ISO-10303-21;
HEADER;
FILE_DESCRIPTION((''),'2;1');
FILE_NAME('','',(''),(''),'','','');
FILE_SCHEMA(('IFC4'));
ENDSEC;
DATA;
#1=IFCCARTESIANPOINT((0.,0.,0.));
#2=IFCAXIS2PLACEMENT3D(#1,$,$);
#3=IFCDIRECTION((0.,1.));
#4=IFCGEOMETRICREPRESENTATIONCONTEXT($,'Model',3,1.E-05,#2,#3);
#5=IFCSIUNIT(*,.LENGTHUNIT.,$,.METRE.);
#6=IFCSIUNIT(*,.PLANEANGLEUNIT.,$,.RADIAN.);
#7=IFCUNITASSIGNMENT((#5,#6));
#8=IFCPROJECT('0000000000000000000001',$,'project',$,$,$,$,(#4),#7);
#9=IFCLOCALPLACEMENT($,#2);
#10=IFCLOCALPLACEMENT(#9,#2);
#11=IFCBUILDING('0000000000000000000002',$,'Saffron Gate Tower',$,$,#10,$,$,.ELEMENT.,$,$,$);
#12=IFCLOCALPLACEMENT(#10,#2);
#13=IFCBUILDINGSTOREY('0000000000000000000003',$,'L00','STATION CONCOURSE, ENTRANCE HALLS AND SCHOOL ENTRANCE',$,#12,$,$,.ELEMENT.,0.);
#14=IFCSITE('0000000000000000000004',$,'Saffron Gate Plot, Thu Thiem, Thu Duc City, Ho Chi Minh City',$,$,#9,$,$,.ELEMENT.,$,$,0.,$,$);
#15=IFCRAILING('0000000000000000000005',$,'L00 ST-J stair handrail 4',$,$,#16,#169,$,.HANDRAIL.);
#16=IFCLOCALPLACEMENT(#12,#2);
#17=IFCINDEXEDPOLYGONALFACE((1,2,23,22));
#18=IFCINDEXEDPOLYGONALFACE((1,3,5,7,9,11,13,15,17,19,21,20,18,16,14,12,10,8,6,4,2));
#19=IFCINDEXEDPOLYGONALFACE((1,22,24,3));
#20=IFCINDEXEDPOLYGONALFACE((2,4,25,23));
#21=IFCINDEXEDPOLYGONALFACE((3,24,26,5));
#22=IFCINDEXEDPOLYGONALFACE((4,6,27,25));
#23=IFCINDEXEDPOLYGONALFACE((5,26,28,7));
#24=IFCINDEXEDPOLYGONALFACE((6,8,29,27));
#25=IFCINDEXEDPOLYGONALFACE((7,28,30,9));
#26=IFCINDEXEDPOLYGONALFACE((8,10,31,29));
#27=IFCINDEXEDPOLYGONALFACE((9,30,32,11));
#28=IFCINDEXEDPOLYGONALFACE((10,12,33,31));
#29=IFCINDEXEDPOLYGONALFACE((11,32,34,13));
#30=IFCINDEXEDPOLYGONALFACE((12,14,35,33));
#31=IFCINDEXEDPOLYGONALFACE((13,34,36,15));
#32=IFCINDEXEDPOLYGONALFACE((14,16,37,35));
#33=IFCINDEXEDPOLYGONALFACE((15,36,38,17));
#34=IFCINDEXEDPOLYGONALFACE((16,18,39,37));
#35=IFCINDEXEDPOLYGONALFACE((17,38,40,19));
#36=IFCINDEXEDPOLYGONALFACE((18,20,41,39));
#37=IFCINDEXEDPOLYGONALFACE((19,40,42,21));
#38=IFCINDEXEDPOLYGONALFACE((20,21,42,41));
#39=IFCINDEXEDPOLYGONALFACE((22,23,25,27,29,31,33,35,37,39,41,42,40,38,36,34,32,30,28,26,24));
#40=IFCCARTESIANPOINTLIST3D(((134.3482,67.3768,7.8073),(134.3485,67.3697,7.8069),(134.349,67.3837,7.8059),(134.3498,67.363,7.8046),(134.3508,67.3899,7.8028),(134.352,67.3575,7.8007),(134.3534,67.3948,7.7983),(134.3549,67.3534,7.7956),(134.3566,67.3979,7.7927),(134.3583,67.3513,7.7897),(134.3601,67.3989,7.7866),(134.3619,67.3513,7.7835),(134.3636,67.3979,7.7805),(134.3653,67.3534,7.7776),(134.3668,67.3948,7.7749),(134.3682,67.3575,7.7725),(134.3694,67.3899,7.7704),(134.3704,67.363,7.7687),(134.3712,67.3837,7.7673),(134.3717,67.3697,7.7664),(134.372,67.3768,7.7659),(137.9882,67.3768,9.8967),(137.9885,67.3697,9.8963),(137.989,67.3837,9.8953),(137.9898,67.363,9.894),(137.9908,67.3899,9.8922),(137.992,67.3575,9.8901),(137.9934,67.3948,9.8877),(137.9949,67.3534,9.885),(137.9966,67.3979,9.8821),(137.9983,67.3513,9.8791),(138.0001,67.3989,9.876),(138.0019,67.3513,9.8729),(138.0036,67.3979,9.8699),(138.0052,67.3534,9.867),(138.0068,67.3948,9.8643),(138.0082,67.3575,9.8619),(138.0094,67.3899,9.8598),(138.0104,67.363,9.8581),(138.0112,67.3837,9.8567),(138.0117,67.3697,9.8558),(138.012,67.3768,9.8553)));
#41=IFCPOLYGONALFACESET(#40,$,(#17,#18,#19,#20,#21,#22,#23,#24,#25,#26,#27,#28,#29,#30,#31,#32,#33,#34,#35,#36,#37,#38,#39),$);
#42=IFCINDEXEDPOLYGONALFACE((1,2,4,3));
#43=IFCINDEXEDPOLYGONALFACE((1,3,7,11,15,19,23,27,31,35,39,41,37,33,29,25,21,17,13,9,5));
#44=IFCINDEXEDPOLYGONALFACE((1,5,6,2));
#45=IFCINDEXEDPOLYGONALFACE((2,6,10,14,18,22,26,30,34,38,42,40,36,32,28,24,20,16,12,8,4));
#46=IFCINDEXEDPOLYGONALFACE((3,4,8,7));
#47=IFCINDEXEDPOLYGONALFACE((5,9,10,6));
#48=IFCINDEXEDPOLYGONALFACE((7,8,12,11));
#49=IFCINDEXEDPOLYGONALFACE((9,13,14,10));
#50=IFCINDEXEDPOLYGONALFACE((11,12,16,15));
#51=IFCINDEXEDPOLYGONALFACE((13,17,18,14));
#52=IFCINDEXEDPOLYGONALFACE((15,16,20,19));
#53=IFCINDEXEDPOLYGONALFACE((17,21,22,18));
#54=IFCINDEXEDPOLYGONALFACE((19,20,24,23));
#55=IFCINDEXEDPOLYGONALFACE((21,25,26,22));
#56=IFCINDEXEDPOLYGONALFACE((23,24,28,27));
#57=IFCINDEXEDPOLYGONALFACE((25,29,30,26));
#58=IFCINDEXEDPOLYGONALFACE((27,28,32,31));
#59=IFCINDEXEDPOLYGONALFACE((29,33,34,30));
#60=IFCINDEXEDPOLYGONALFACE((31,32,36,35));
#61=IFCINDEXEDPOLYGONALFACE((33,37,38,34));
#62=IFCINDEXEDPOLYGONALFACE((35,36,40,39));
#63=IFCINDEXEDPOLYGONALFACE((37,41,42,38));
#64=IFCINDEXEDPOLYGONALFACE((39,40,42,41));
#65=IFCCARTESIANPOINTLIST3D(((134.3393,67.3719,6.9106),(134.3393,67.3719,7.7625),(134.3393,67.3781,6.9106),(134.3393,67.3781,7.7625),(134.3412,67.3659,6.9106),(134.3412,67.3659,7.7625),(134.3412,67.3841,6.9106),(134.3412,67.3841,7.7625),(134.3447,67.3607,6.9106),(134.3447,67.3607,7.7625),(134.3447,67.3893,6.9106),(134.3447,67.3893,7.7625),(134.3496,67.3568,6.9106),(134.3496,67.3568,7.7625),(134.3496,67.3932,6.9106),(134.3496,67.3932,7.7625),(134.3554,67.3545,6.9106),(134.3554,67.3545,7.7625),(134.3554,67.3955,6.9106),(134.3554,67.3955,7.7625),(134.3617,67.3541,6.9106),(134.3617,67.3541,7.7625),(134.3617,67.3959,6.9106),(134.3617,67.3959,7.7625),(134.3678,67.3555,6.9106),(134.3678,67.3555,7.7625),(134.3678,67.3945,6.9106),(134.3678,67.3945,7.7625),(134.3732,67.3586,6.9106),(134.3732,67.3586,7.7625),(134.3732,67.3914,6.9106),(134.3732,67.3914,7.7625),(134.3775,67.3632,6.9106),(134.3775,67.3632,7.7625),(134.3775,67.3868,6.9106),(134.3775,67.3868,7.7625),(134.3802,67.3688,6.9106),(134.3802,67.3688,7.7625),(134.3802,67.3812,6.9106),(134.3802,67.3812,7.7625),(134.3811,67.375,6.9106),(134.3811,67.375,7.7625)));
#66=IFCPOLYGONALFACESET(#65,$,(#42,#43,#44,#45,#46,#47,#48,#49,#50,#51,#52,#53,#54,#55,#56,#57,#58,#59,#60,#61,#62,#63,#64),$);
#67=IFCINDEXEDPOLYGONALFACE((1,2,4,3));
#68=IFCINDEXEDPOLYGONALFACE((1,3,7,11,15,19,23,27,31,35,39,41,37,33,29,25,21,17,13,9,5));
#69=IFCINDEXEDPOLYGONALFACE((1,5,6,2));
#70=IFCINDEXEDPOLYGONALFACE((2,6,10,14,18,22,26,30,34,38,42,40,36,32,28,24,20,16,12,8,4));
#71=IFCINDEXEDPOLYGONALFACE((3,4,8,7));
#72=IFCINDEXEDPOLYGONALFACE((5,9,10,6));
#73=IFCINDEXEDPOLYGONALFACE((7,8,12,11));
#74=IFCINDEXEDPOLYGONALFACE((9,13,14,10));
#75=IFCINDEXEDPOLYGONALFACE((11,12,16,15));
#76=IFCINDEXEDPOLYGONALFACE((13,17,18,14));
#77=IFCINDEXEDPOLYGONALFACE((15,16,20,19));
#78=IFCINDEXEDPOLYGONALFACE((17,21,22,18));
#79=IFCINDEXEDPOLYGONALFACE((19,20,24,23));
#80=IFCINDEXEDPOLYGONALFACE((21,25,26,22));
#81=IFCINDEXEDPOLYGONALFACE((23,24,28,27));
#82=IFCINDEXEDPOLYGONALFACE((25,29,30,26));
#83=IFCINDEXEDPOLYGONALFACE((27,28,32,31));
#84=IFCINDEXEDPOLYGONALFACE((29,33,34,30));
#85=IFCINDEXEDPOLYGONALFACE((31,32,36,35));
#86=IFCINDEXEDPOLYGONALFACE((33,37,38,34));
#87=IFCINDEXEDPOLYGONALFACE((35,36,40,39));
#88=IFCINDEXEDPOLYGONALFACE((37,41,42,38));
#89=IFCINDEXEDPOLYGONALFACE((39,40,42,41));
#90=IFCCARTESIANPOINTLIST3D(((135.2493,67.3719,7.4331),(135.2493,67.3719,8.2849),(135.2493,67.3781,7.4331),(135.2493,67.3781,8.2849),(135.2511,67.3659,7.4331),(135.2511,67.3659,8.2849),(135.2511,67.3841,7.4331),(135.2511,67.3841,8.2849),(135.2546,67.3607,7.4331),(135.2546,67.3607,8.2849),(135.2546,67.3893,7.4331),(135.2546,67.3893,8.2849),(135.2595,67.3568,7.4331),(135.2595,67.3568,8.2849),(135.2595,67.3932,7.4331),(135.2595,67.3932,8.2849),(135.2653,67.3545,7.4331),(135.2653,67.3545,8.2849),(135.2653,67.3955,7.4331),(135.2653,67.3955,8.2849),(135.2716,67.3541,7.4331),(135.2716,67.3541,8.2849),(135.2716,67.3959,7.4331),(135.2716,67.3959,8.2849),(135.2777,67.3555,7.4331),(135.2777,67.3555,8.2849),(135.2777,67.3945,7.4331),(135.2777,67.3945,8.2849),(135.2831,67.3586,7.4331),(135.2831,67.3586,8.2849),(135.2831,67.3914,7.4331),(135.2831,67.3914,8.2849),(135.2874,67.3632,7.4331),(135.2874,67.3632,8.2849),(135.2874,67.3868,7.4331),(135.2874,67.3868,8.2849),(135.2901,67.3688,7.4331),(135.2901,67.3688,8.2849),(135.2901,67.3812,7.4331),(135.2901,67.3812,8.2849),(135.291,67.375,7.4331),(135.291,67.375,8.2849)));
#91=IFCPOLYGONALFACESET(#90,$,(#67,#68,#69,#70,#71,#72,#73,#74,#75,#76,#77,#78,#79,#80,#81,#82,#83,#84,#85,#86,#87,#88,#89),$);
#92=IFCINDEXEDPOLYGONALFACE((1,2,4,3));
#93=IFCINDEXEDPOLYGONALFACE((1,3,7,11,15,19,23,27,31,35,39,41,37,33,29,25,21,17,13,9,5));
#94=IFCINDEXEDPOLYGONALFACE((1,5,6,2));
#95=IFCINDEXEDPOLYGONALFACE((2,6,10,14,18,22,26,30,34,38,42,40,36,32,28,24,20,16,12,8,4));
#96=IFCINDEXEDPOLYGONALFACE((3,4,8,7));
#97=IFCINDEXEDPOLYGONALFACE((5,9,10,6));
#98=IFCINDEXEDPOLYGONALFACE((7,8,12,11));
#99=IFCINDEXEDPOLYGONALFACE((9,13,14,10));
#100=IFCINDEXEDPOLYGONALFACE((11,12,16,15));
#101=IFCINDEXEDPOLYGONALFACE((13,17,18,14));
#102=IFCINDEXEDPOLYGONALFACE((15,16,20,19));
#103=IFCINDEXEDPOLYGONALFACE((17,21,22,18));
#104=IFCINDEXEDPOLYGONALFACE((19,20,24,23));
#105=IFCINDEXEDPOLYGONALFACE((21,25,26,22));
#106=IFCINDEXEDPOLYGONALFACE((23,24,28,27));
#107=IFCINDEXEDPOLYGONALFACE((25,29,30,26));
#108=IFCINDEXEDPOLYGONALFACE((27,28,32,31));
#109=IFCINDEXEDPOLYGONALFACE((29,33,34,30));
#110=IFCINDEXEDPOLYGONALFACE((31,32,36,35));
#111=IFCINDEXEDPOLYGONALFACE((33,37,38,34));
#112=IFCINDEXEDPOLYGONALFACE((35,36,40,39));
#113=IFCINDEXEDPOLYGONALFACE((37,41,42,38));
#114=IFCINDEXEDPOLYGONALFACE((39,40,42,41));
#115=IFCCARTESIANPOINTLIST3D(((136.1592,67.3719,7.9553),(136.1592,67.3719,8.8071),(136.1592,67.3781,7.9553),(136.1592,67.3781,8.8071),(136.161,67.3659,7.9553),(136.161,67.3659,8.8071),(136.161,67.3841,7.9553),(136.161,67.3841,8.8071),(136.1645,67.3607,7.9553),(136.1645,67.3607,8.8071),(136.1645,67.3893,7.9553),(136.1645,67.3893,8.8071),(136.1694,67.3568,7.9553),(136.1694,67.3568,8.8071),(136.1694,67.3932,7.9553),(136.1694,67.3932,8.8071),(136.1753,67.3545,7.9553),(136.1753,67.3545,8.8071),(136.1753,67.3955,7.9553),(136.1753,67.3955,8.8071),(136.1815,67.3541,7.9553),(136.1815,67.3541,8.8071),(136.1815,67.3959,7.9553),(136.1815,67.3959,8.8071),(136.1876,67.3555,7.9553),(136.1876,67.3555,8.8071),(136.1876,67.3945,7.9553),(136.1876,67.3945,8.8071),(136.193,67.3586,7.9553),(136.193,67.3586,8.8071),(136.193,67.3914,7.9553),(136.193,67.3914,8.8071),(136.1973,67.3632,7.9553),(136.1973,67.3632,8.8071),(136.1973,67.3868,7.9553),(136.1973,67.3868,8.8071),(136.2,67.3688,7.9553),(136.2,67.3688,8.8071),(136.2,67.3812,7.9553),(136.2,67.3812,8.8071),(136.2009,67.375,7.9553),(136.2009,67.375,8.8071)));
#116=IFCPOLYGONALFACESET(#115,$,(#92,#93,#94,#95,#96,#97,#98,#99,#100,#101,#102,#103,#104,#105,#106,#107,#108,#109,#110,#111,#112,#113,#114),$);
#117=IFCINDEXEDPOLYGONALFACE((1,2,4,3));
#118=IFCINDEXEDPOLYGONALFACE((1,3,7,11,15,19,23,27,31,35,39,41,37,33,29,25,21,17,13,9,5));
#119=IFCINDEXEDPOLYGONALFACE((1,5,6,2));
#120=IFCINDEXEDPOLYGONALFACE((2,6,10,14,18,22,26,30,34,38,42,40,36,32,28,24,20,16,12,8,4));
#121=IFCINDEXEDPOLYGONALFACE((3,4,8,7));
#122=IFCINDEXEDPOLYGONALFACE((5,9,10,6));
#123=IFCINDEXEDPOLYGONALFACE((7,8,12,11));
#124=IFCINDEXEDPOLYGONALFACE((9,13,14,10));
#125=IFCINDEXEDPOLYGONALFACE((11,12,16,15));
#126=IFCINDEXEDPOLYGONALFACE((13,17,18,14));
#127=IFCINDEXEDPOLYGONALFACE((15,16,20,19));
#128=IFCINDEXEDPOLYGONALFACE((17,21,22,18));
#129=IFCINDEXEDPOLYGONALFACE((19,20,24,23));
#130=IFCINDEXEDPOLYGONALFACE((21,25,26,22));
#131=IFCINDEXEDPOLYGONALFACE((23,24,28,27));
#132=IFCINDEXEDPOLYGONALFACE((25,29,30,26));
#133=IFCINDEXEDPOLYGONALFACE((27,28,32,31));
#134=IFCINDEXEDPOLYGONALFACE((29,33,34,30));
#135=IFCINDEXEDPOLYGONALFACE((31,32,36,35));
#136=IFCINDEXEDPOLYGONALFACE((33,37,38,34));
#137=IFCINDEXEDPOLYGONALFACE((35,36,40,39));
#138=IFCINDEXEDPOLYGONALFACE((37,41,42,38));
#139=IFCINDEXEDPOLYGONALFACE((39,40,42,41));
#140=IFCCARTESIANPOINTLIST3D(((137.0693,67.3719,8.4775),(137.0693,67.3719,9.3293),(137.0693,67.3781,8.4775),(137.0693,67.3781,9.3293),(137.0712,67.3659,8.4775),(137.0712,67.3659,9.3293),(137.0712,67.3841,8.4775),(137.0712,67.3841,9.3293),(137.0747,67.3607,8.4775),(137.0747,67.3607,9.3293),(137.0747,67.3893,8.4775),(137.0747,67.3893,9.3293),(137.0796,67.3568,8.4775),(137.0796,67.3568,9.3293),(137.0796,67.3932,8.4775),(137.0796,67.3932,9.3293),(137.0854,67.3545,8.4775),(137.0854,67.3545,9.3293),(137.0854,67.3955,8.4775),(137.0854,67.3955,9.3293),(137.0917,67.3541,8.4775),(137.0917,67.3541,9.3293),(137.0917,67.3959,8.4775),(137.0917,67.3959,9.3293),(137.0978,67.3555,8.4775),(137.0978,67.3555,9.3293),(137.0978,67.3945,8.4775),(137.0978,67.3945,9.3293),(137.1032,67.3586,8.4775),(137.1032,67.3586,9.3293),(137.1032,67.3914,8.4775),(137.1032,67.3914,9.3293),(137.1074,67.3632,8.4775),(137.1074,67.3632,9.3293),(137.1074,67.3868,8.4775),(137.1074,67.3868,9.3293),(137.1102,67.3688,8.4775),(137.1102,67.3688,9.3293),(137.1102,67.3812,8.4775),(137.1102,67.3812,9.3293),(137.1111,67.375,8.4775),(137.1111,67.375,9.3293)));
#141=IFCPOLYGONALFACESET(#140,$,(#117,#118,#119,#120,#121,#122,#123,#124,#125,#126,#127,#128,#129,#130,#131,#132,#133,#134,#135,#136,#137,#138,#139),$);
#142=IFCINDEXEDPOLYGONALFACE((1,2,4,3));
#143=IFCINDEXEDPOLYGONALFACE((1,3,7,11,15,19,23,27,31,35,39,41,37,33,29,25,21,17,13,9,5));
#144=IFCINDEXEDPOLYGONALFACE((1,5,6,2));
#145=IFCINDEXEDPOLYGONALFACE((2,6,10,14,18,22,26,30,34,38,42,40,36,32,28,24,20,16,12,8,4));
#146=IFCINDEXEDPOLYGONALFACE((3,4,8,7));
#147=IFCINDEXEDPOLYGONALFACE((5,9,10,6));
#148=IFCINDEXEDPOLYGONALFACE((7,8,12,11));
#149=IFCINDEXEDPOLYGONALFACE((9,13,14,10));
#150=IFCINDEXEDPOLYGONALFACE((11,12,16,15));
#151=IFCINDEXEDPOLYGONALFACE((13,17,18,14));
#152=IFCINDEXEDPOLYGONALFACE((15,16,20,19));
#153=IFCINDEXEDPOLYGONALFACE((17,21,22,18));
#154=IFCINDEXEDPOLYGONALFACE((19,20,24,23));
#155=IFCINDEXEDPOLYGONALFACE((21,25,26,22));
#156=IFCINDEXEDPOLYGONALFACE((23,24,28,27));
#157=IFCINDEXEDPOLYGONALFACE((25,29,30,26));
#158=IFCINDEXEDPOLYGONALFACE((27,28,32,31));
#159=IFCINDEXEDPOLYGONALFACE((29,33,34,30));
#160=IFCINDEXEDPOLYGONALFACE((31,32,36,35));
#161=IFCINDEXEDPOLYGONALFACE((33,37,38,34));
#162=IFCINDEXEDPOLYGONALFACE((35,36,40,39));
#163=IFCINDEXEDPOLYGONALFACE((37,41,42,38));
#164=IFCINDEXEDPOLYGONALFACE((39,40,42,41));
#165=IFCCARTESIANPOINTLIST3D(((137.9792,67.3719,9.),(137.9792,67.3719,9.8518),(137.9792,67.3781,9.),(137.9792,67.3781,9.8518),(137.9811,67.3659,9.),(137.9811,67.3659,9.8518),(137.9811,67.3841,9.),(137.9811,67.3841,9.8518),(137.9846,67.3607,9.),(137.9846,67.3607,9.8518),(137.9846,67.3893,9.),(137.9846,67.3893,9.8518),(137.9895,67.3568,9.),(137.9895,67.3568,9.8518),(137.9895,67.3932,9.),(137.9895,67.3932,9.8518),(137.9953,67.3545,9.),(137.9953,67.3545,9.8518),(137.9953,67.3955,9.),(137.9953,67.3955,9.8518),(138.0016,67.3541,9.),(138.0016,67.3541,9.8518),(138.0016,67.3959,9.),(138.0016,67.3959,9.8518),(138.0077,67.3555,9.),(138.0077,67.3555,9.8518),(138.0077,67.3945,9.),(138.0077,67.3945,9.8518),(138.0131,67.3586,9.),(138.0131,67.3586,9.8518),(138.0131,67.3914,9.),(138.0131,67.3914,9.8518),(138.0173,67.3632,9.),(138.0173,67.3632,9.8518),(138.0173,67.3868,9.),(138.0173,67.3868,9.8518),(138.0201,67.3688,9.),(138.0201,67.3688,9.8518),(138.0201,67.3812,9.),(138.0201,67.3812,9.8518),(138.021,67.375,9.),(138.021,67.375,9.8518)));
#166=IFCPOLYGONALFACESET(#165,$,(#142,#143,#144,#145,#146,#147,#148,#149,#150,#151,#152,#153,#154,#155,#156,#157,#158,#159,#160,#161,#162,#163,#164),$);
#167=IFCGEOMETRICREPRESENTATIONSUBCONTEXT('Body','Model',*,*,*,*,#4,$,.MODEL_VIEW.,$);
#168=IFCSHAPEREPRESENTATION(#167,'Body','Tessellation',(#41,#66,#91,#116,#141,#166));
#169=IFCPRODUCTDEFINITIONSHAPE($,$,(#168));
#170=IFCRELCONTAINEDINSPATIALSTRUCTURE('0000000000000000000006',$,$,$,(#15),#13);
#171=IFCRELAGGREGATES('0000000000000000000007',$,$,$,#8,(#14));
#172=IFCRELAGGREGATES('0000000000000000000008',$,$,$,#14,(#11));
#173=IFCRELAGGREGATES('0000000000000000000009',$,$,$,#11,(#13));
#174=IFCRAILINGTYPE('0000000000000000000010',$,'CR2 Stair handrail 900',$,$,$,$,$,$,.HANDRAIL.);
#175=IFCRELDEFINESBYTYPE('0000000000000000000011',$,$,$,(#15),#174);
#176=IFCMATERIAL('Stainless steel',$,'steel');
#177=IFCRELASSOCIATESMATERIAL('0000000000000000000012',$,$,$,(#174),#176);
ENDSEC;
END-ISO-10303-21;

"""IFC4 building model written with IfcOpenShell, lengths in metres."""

from ifc_helpers import new_model, si_unit, direction, frame, origin, origin_2d, place, context, subcontext, project, spatial, circle, extrude, material, type_object, element, save


model = new_model("IFC4")

# Units and contexts
model_context = context("Model", 3, precision=1e-05, world=origin(), true_north=direction((0.0, 1.0)))
body_context = subcontext(model_context, "Body", "Model", "MODEL_VIEW")
ifc_project = project(units=[si_unit("LENGTHUNIT", "METRE"), si_unit("PLANEANGLEUNIT", "RADIAN")], contexts=[model_context])

# Site, building, storey
site_placement = place(None, origin())
site = spatial("IfcSite", under=ifc_project, at=site_placement, Name="Saffron Gate Plot, Thu Thiem, Thu Duc City, Ho Chi Minh City", CompositionType="ELEMENT", RefElevation=0.0)
building_placement = place(site_placement, origin())
building = spatial("IfcBuilding", under=site, at=building_placement, Name="Saffron Gate Tower", CompositionType="ELEMENT")
storey_placement = place(building_placement, origin())
storey = spatial("IfcBuildingStorey", under=building, at=storey_placement, Name="L00", Description="STATION CONCOURSE, ENTRANCE HALLS AND SCHOOL ENTRANCE", CompositionType="ELEMENT", Elevation=0.0)

# Railing
ifc_material_1 = material(Name="Stainless steel", Category="steel")
railing_type_1 = type_object("IfcRailingType", Name="CR2 Stair handrail 900", PredefinedType="HANDRAIL", material=ifc_material_1)
railing_1_placement = place(storey_placement, frame((134.3601, 67.375, 6.9106)))
element("IfcRailing", 1, at=railing_1_placement, inside=storey, type_object=railing_type_1, Name="L00 ST-J stair handrail 4", PredefinedType="HANDRAIL", context=body_context, shape_type="SweptSolid", body=[
    extrude(circle(Radius=0.0239, at=origin_2d()), frame((0.0, 0.0, 0.876), z_axis=(0.867275, 0.0, 0.497829), x_axis=(0.0, 1.0, 0.0)), (0.0, 0.0, 1.0), 4.197),
    extrude(circle(Radius=0.021, at=origin_2d()), origin(), (0.0, 0.0, 1.0), 0.8518),
    extrude(circle(Radius=0.021, at=origin_2d()), frame((0.9099, 0.0, 0.5225)), (0.0, 0.0, 1.0), 0.8518),
    extrude(circle(Radius=0.021, at=origin_2d()), frame((1.8198, 0.0, 1.0447)), (0.0, 0.0, 1.0), 0.8518),
    extrude(circle(Radius=0.021, at=origin_2d()), frame((2.73, 0.0, 1.5669)), (0.0, 0.0, 1.0), 0.8518),
    extrude(circle(Radius=0.021, at=origin_2d()), frame((3.6399, 0.0, 2.0894)), (0.0, 0.0, 1.0), 0.8518),
])

save(model, "model.ifc")
